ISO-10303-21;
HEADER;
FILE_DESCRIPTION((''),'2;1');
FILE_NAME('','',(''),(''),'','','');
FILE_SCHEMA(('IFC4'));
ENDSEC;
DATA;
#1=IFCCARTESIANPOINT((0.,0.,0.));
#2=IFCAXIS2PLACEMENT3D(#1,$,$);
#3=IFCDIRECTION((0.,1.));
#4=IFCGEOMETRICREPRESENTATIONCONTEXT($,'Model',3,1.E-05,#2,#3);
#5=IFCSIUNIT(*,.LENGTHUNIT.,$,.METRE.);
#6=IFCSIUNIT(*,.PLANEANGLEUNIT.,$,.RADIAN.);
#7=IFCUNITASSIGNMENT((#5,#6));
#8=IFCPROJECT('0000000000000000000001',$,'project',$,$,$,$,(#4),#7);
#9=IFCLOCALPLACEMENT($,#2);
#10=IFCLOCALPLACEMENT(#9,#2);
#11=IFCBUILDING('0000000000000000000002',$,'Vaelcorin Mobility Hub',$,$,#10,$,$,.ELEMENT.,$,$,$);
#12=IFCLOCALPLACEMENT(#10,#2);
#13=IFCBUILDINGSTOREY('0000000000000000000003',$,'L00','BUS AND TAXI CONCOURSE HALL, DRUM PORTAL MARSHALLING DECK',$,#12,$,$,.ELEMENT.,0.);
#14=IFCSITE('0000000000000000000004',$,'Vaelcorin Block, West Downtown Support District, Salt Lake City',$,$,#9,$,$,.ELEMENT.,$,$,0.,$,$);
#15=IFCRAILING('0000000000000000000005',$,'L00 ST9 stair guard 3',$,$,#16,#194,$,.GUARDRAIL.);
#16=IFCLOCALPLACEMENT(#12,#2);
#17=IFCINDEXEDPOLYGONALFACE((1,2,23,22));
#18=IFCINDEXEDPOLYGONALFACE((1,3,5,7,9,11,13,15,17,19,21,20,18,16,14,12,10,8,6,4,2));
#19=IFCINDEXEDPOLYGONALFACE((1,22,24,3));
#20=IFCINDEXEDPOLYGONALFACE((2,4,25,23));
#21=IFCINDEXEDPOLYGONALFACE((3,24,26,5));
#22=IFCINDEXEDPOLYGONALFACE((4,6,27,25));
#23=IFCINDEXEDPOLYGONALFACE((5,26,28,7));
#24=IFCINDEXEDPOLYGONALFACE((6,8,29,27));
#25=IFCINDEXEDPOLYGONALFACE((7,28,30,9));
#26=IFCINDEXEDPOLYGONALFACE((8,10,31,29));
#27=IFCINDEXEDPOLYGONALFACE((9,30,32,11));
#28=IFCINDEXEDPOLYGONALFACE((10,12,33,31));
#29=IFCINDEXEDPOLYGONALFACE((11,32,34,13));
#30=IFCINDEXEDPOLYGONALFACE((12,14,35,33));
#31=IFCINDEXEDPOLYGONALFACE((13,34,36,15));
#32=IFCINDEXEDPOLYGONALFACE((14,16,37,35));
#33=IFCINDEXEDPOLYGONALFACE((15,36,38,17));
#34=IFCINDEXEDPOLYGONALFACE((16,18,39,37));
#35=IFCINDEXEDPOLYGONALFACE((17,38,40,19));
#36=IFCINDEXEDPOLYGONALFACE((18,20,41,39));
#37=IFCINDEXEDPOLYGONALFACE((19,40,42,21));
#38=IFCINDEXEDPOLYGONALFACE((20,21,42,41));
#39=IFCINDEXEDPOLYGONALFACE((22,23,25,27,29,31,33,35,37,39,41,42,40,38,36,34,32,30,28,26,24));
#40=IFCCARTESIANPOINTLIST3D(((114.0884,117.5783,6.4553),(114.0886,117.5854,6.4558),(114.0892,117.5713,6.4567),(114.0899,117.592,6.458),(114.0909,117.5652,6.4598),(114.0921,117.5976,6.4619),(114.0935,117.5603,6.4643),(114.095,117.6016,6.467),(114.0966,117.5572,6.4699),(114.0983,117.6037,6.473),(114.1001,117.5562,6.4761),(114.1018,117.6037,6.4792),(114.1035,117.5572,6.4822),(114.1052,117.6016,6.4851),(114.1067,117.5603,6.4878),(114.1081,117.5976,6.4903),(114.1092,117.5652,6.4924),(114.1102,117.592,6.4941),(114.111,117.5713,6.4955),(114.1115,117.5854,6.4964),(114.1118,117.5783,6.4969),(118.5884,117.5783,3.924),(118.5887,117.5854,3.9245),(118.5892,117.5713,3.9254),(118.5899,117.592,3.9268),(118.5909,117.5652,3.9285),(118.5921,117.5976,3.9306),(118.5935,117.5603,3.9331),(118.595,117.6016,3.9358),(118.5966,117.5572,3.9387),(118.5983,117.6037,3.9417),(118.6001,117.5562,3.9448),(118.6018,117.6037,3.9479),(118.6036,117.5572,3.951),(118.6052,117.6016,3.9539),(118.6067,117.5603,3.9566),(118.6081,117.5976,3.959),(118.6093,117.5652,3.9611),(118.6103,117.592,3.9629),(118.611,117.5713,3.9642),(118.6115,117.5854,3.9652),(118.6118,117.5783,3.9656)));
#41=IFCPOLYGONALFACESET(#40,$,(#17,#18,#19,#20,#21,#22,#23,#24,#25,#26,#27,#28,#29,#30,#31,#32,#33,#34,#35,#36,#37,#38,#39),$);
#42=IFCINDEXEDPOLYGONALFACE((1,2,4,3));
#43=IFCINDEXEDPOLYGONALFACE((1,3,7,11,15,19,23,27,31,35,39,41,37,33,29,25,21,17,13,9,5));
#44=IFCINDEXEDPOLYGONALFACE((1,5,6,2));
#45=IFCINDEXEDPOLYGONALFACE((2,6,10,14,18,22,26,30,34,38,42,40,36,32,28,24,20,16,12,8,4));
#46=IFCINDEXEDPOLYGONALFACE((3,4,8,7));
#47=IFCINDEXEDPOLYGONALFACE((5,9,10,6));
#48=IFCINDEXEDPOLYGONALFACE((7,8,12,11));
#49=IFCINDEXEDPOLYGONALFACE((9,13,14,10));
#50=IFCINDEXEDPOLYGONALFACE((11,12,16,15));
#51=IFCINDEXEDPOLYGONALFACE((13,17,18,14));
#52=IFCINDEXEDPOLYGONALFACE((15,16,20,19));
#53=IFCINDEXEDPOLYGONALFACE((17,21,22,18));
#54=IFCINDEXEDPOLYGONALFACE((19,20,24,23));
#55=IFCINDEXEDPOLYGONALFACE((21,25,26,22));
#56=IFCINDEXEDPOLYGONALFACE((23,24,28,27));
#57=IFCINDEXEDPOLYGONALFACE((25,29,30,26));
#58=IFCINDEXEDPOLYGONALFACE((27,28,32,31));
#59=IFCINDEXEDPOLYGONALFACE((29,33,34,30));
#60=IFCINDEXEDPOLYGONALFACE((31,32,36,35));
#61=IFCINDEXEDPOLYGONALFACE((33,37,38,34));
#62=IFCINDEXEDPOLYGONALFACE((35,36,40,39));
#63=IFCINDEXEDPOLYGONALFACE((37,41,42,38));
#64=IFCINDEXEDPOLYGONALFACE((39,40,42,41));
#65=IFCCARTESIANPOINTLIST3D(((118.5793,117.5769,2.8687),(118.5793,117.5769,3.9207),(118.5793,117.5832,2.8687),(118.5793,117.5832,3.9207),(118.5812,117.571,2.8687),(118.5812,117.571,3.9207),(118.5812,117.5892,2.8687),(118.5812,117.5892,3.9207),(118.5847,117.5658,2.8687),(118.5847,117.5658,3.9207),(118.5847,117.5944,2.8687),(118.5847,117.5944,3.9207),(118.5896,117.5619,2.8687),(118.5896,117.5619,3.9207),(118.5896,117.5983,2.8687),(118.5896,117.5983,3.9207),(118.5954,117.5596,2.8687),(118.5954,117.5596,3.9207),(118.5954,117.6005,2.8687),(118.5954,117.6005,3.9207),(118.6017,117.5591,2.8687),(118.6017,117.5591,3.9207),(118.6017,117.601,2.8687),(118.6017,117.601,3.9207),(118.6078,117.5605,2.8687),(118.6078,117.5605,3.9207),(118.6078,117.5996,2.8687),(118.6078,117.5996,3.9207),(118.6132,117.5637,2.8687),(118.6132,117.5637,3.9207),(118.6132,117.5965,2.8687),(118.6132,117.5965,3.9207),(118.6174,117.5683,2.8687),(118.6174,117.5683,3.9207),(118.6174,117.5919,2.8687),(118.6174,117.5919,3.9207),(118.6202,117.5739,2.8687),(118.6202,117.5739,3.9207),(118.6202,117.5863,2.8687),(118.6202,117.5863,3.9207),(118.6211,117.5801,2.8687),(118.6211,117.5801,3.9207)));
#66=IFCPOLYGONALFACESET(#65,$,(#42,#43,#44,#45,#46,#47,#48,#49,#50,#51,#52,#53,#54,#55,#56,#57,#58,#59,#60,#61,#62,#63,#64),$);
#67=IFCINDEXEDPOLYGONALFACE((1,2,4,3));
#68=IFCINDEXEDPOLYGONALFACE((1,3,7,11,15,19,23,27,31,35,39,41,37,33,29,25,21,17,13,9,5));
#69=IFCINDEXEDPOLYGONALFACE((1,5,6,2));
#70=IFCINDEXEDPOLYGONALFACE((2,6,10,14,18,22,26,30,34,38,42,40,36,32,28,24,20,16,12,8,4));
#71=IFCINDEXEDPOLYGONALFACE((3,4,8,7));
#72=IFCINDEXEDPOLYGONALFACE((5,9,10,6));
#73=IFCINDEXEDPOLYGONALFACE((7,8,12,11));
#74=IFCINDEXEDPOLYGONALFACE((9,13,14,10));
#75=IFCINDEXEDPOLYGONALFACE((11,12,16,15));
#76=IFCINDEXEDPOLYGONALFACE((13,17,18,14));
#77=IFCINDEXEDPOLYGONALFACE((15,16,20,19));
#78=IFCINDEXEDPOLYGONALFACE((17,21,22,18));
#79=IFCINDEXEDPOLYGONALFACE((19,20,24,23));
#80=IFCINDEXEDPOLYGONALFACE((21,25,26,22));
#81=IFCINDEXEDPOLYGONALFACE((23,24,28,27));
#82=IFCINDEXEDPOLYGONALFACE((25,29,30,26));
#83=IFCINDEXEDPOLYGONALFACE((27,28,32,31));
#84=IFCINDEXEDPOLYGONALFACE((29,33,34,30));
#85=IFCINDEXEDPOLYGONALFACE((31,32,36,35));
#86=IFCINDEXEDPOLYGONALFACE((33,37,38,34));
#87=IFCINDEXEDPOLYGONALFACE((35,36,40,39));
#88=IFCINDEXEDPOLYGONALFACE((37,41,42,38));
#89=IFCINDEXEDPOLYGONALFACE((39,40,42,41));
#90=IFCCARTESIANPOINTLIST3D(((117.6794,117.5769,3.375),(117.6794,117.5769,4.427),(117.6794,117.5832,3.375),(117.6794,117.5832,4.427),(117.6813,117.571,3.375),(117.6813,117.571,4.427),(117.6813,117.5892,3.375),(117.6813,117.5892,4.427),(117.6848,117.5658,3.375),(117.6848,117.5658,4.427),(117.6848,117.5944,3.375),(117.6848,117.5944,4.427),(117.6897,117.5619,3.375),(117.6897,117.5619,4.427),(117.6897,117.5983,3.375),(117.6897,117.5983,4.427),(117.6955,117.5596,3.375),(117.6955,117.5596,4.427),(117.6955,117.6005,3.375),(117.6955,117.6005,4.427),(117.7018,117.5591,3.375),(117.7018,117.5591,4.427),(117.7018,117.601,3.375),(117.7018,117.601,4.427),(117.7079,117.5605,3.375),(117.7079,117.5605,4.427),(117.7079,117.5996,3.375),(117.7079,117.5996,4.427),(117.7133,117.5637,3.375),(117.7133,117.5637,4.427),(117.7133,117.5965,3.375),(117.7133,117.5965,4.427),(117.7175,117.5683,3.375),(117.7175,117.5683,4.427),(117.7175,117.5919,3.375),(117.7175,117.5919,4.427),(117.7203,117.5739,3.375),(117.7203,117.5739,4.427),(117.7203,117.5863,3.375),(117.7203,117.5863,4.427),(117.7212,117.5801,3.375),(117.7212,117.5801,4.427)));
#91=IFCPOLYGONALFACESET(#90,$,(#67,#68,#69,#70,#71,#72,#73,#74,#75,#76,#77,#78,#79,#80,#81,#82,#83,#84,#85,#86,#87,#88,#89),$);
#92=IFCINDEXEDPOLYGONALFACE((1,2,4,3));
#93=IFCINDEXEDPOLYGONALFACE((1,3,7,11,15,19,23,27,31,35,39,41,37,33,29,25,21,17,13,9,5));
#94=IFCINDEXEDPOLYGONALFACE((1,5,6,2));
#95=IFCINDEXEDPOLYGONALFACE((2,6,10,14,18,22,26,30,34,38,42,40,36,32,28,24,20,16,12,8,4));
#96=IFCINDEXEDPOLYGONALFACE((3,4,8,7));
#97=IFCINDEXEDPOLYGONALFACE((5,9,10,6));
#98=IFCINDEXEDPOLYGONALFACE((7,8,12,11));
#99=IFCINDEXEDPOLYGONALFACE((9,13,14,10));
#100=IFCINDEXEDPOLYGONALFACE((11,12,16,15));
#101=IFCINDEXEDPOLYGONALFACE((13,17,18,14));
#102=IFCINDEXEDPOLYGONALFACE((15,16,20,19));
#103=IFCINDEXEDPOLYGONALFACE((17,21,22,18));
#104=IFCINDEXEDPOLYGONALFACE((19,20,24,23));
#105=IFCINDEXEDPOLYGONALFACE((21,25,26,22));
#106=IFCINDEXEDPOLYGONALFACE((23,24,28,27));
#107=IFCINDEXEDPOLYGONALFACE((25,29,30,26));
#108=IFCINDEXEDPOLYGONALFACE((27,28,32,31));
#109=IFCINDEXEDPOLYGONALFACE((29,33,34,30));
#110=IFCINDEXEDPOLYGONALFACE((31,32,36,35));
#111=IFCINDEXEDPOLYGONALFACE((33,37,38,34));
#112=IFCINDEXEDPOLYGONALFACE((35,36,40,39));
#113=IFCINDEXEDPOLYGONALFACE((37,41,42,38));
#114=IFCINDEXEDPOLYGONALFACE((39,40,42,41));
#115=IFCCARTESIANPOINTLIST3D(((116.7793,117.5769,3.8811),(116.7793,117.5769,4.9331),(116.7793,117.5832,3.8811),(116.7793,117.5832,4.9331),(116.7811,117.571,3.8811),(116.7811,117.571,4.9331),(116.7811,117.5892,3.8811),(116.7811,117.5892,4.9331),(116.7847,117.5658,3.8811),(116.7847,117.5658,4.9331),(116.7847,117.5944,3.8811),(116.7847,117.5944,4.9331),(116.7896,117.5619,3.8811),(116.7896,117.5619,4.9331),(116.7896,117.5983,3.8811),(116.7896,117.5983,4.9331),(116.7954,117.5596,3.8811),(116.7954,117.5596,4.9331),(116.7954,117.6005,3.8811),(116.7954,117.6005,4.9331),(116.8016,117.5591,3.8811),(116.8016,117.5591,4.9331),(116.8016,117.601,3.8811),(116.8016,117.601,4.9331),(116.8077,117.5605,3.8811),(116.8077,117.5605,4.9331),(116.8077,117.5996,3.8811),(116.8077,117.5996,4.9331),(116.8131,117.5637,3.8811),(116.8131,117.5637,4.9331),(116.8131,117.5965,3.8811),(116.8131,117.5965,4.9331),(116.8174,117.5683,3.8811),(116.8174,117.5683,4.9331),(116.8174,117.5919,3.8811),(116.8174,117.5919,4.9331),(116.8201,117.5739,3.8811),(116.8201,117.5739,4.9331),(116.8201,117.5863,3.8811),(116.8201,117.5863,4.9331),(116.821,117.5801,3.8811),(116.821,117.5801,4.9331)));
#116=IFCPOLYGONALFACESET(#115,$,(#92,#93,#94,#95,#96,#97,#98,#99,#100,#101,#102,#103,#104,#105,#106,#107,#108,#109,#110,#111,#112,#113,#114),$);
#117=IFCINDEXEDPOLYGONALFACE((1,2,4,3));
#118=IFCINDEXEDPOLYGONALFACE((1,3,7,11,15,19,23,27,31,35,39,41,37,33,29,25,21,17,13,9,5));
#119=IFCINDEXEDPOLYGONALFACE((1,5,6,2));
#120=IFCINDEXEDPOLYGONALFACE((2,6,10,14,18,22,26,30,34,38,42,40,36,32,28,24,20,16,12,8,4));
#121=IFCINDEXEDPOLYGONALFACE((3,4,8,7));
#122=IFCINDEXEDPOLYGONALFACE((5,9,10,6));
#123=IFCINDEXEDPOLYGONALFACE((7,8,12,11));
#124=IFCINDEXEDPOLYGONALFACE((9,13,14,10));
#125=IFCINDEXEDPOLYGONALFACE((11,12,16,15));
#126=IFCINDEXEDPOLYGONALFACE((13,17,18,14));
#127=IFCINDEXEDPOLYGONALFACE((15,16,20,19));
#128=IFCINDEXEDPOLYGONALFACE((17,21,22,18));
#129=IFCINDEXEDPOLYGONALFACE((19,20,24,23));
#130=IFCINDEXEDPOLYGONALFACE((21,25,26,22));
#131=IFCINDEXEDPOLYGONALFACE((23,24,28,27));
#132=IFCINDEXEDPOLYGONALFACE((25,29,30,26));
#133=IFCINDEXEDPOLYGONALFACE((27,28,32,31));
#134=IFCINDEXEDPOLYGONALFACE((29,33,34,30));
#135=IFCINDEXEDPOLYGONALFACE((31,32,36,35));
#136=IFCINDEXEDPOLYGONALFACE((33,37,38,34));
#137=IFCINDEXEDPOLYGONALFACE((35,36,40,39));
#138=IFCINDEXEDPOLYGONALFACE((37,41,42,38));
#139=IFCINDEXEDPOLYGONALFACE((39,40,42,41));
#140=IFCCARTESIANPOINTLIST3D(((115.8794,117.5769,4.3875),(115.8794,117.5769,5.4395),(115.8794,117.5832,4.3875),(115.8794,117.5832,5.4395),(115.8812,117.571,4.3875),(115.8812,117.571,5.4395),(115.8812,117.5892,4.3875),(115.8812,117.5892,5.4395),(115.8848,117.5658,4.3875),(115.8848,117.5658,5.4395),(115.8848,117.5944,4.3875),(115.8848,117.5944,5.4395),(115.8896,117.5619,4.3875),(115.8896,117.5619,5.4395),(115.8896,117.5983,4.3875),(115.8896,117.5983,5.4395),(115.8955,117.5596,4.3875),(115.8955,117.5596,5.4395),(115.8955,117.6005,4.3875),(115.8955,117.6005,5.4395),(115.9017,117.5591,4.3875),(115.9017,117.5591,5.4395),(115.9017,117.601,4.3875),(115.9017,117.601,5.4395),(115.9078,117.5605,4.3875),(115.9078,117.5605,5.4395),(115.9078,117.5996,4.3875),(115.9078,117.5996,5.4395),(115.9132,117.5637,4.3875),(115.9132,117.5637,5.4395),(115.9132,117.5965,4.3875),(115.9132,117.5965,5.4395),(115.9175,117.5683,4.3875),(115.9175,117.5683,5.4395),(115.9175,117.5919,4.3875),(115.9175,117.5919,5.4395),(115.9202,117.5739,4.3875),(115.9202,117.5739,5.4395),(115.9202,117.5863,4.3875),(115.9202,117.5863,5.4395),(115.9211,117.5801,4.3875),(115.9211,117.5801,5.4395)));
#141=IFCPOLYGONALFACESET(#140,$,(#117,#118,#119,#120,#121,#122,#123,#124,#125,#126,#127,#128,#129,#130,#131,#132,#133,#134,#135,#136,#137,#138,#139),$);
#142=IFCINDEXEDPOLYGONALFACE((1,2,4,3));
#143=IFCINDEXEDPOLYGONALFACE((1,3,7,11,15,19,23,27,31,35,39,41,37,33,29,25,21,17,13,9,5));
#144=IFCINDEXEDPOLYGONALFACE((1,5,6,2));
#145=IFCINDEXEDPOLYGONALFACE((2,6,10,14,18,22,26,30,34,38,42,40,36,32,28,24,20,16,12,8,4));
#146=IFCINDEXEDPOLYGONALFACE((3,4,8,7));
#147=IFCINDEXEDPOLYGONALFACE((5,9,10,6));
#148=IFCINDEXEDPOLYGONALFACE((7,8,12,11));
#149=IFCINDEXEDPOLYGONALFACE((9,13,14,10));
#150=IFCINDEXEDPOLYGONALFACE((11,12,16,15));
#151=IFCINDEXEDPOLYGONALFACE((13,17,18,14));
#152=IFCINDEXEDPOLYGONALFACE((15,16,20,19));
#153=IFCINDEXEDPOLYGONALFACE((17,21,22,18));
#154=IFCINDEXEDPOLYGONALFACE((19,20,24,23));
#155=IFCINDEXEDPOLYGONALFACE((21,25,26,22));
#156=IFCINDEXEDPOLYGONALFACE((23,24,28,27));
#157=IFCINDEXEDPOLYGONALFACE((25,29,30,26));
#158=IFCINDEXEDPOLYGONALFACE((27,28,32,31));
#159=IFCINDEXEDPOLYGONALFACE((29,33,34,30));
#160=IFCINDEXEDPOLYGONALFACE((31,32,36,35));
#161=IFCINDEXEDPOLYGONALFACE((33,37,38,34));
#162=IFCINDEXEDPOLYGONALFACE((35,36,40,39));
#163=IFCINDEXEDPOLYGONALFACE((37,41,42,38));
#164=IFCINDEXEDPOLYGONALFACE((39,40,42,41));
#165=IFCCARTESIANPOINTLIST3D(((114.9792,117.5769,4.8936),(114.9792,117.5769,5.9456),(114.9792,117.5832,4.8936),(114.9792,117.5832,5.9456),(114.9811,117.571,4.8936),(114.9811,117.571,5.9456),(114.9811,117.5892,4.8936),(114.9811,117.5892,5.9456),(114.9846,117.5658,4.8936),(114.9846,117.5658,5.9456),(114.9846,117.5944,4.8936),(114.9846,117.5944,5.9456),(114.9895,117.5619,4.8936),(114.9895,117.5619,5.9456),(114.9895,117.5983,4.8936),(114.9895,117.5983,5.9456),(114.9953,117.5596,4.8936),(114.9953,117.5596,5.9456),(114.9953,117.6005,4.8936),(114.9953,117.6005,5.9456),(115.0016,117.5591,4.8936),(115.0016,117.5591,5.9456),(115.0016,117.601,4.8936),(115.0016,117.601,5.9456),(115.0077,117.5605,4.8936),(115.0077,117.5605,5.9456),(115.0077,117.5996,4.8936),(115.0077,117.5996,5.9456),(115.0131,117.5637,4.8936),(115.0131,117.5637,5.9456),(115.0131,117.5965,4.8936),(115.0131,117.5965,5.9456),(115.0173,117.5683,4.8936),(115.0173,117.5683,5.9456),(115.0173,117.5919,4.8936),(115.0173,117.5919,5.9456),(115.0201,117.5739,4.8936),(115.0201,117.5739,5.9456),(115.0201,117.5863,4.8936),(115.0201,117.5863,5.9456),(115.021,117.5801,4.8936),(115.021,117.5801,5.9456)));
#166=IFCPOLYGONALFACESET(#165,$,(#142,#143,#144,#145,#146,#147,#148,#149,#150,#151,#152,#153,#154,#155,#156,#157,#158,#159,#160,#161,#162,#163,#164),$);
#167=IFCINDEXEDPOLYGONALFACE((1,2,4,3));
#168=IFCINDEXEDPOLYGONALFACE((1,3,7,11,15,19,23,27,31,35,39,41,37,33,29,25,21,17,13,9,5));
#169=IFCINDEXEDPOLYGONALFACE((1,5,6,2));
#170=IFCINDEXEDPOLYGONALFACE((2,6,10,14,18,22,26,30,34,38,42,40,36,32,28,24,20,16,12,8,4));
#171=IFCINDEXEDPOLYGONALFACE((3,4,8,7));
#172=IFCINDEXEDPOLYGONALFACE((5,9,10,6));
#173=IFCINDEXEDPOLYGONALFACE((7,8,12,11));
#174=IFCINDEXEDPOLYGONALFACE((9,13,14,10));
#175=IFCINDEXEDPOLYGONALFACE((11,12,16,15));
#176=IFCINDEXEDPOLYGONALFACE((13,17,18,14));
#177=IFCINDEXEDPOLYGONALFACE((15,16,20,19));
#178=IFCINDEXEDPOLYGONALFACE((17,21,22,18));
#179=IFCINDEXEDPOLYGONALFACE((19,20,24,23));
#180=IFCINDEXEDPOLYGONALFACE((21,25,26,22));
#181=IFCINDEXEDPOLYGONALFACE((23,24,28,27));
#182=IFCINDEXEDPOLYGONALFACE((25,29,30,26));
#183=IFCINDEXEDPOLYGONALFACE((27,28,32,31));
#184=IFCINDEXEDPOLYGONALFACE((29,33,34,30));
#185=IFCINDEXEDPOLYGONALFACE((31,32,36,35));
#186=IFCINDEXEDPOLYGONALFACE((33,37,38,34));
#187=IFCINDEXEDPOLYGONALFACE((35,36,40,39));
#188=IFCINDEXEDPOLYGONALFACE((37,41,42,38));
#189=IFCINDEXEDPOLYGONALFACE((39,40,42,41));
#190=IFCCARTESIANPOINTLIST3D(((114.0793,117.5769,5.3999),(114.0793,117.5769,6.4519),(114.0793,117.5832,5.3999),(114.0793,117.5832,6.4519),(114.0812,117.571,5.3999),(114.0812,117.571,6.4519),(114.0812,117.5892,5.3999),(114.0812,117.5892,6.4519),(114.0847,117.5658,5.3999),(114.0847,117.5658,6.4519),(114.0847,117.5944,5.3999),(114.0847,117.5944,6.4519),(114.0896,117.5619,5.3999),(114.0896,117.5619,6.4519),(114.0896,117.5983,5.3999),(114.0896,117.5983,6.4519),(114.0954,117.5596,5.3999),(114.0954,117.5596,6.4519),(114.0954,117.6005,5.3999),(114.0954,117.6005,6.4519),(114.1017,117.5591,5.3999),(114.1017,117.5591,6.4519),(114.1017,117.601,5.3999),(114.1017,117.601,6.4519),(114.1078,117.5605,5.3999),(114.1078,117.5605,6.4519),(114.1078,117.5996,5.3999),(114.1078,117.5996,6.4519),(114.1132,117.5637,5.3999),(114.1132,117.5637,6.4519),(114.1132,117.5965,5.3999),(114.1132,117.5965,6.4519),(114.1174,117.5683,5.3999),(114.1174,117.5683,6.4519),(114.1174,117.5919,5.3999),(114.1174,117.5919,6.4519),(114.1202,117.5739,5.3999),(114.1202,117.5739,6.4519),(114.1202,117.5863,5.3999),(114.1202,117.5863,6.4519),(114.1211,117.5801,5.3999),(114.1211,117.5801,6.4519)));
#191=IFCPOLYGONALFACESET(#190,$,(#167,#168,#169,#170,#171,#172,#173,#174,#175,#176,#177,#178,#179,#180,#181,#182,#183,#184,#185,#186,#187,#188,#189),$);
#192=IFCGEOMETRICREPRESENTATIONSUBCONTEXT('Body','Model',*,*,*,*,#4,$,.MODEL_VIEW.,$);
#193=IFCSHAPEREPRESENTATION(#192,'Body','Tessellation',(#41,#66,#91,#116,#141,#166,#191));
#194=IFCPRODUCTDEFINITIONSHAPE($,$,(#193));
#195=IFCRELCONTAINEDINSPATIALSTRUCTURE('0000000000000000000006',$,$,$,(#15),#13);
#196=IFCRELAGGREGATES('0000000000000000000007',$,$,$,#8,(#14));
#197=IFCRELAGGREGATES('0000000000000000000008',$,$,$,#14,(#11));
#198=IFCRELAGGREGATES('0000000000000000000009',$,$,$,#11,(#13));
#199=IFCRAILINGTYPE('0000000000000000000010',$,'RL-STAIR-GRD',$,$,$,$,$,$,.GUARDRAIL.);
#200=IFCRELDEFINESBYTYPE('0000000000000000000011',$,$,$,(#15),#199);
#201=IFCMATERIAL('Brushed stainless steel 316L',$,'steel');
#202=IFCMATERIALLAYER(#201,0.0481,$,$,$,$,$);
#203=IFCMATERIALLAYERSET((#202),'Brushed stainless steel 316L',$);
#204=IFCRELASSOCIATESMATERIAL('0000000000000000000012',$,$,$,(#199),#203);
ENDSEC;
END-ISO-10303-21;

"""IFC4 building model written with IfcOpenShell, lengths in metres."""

from ifc_helpers import new_model, si_unit, direction, frame, origin, origin_2d, place, context, subcontext, project, spatial, circle, extrude, material, layer, layer_set, type_object, element, save


model = new_model("IFC4")

# Units and contexts
model_context = context("Model", 3, precision=1e-05, world=origin(), true_north=direction((0.0, 1.0)))
body_context = subcontext(model_context, "Body", "Model", "MODEL_VIEW")
ifc_project = project(units=[si_unit("LENGTHUNIT", "METRE"), si_unit("PLANEANGLEUNIT", "RADIAN")], contexts=[model_context])

# Site, building, storey
site_placement = place(None, origin())
site = spatial("IfcSite", under=ifc_project, at=site_placement, Name="Vaelcorin Block, West Downtown Support District, Salt Lake City", CompositionType="ELEMENT", RefElevation=0.0)
building_placement = place(site_placement, origin())
building = spatial("IfcBuilding", under=site, at=building_placement, Name="Vaelcorin Mobility Hub", CompositionType="ELEMENT")
storey_placement = place(building_placement, origin())
storey = spatial("IfcBuildingStorey", under=building, at=storey_placement, Name="L00", Description="BUS AND TAXI CONCOURSE HALL, DRUM PORTAL MARSHALLING DECK", CompositionType="ELEMENT", Elevation=0.0)

# Railing
ifc_material_1 = material(Name="Brushed stainless steel 316L", Category="steel")
ifc_layer_1 = layer(ifc_material_1, 0.0481)
ifc_layer_set_1 = layer_set([ifc_layer_1], Name="Brushed stainless steel 316L")
railing_type_1 = type_object("IfcRailingType", Name="RL-STAIR-GRD", PredefinedType="GUARDRAIL", material=ifc_layer_set_1)
railing_1_placement = place(storey_placement, frame((118.6001, 117.5801, 2.8687)))
element("IfcRailing", 1, at=railing_1_placement, inside=storey, type_object=railing_type_1, Name="L00 ST9 stair guard 3", PredefinedType="GUARDRAIL", context=body_context, shape_type="SweptSolid", body=[
    extrude(circle(Radius=0.0239, at=origin_2d()), frame((0.0, 0.0, 1.0762), z_axis=(-0.871576, 0.0, 0.490261), x_axis=(0.0, -1.0, 0.0)), (0.0, 0.0, 1.0), 5.1631),
    extrude(circle(Radius=0.021, at=origin_2d()), origin(), (0.0, 0.0, 1.0), 1.052),
    extrude(circle(Radius=0.021, at=origin_2d()), frame((-0.8999, 0.0, 0.5063)), (0.0, 0.0, 1.0), 1.052),
    extrude(circle(Radius=0.021, at=origin_2d()), frame((-1.8, 0.0, 1.0125)), (0.0, 0.0, 1.0), 1.052),
    extrude(circle(Radius=0.021, at=origin_2d()), frame((-2.7, 0.0, 1.5188)), (0.0, 0.0, 1.0), 1.052),
    extrude(circle(Radius=0.021, at=origin_2d()), frame((-3.6001, 0.0, 2.0249)), (0.0, 0.0, 1.0), 1.052),
    extrude(circle(Radius=0.021, at=origin_2d()), frame((-4.5, 0.0, 2.5312)), (0.0, 0.0, 1.0), 1.052),
])

save(model, "model.ifc")
